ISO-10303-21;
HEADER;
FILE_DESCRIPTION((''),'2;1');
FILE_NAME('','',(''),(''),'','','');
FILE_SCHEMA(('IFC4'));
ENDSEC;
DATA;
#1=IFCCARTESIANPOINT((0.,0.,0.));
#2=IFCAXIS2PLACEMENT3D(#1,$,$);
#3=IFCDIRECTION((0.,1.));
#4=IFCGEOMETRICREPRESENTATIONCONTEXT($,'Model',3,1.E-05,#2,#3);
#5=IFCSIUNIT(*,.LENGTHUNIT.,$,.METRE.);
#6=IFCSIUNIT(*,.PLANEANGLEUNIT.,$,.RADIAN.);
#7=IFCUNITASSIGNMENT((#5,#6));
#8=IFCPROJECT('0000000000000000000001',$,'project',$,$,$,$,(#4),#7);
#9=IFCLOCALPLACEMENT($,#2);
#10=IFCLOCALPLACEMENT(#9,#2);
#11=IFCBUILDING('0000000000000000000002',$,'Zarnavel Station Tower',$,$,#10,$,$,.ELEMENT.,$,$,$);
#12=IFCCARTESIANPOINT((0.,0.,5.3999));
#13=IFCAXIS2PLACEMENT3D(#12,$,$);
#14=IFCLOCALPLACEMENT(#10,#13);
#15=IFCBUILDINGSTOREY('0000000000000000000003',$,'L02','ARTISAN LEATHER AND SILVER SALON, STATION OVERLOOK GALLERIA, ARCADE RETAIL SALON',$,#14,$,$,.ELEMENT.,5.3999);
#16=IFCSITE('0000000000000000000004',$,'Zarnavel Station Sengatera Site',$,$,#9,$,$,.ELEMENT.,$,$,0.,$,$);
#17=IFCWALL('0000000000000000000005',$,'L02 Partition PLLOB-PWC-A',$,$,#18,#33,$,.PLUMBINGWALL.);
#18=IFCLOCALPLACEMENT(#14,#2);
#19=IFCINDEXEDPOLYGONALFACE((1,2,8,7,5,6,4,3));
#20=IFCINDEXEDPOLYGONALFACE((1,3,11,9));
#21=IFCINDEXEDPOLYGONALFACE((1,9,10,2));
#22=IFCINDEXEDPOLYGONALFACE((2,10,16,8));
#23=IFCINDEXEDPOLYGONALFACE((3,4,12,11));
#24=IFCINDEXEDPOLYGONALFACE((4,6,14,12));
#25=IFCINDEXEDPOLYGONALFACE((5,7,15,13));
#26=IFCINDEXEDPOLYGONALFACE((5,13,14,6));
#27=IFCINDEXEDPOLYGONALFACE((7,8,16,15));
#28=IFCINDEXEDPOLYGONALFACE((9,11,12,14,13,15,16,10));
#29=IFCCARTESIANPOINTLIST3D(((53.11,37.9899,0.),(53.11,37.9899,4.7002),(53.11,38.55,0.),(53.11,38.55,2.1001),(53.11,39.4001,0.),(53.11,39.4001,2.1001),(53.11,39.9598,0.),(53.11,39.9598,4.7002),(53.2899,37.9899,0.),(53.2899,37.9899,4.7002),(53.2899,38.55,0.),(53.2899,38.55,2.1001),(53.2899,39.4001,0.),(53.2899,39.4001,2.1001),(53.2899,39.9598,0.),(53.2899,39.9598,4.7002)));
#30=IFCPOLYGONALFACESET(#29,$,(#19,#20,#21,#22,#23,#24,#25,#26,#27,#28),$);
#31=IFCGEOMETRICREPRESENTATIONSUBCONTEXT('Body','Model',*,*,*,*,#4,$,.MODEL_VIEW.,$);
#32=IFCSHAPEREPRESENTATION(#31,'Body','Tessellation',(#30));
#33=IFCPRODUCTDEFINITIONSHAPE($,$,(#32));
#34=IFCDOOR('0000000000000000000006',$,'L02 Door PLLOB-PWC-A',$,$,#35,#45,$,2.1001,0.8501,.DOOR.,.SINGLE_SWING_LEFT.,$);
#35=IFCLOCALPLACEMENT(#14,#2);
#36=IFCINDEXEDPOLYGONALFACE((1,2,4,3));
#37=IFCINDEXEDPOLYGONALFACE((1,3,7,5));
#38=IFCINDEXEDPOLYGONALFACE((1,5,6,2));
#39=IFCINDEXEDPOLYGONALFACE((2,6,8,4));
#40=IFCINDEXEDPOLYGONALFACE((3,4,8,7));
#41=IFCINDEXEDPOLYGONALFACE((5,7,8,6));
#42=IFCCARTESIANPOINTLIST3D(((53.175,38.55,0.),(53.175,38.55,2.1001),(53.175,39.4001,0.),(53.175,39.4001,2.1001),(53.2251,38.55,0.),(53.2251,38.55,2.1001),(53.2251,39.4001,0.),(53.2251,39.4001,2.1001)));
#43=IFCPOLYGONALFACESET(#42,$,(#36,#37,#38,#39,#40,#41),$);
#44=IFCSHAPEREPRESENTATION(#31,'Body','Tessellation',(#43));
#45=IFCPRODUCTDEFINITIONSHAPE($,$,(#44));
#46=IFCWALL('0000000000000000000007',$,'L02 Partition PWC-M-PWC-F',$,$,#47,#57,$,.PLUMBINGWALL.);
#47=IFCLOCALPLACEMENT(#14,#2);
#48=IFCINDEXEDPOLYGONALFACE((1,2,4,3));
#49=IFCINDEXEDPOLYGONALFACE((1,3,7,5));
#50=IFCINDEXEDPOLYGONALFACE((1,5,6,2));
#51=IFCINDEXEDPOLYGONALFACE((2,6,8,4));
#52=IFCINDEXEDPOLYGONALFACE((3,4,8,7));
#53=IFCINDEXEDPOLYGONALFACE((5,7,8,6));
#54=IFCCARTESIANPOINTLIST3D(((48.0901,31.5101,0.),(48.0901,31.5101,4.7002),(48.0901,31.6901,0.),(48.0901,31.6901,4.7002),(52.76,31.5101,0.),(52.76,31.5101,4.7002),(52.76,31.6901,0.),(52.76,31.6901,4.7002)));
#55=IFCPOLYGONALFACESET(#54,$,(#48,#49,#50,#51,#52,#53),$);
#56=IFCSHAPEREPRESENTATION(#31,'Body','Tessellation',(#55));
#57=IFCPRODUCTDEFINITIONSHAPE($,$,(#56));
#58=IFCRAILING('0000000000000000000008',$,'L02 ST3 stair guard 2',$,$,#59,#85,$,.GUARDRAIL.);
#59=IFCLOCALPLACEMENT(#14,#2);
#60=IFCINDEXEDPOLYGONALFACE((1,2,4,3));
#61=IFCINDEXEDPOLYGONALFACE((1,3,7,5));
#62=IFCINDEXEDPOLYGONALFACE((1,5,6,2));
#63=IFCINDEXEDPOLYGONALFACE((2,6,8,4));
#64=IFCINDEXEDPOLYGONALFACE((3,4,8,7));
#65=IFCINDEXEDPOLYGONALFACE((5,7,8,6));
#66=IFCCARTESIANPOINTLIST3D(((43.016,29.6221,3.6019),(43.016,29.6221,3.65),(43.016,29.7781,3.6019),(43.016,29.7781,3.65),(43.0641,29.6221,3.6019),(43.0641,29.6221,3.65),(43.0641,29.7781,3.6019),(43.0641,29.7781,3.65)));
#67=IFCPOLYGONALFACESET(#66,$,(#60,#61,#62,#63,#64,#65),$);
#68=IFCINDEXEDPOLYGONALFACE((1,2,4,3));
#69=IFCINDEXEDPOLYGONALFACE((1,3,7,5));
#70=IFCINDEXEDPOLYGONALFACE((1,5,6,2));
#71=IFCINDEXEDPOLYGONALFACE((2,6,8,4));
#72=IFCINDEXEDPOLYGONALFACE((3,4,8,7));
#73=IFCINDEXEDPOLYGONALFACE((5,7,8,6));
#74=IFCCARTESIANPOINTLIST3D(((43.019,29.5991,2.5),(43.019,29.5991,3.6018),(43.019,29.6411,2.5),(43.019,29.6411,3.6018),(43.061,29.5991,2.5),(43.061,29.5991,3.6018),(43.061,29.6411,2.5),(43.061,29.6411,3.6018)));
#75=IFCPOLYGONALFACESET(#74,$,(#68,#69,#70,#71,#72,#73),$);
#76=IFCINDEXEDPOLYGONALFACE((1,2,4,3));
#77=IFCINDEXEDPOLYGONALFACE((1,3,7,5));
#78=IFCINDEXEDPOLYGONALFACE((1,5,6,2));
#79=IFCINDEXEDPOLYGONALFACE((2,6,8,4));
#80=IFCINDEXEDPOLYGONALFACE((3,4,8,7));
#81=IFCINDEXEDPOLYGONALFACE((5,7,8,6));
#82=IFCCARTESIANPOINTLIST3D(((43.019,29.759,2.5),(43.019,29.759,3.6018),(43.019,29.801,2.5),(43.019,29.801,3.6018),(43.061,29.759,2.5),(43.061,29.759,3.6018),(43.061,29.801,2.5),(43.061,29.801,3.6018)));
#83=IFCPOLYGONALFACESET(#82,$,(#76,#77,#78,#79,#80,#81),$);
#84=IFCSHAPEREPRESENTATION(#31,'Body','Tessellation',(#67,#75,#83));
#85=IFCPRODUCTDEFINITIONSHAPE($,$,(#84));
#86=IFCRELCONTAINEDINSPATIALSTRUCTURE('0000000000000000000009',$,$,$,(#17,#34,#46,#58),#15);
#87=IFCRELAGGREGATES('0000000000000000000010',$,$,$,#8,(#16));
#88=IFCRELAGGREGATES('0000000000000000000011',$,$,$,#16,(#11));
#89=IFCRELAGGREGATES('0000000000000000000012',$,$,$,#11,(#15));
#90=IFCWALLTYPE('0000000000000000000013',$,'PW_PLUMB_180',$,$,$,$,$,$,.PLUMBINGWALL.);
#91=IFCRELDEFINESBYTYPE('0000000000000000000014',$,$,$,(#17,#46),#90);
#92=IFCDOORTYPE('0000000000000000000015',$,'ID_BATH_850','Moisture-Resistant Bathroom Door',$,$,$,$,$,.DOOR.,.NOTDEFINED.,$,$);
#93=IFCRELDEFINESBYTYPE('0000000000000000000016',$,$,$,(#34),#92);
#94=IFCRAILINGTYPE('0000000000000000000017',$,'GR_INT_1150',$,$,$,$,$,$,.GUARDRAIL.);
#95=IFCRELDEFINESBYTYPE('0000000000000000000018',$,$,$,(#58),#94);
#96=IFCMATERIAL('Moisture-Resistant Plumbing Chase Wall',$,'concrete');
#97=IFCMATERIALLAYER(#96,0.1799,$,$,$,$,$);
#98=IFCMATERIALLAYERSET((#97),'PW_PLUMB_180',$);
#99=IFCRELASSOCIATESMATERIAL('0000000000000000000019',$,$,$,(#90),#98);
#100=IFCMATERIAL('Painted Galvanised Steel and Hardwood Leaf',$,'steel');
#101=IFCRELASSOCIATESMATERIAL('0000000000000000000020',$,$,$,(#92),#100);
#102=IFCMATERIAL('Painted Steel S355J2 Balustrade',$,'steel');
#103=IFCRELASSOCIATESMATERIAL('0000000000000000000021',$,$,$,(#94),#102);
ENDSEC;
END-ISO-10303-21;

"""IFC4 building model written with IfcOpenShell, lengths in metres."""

from ifc_helpers import new_model, si_unit, direction, frame, frame_2d, origin, origin_2d, place, context, subcontext, project, spatial, rectangle, extrude, material, layer, layer_set, type_object, element, fill, save


model = new_model("IFC4")

# Units and contexts
model_context = context("Model", 3, precision=1e-05, world=origin(), true_north=direction((0.0, 1.0)))
body_context = subcontext(model_context, "Body", "Model", "MODEL_VIEW")
ifc_project = project(units=[si_unit("LENGTHUNIT", "METRE"), si_unit("PLANEANGLEUNIT", "RADIAN")], contexts=[model_context])

# Site, building, storey
site_placement = place(None, origin())
site = spatial("IfcSite", under=ifc_project, at=site_placement, Name="Zarnavel Station Sengatera Site", CompositionType="ELEMENT", RefElevation=0.0)
building_placement = place(site_placement, origin())
building = spatial("IfcBuilding", under=site, at=building_placement, Name="Zarnavel Station Tower", CompositionType="ELEMENT")
storey_placement = place(building_placement, frame((0.0, 0.0, 5.3999)))
storey = spatial("IfcBuildingStorey", under=building, at=storey_placement, Name="L02", Description="ARTISAN LEATHER AND SILVER SALON, STATION OVERLOOK GALLERIA, ARCADE RETAIL SALON", CompositionType="ELEMENT", Elevation=5.3999)

# Wall, opening, door
ifc_material_1 = material(Name="Moisture-Resistant Plumbing Chase Wall", Category="concrete")
ifc_layer_1 = layer(ifc_material_1, 0.1799)
ifc_layer_set_1 = layer_set([ifc_layer_1], Name="PW_PLUMB_180")
wall_type_1 = type_object("IfcWallType", Name="PW_PLUMB_180", PredefinedType="PLUMBINGWALL", material=ifc_layer_set_1)
ifc_material_2 = material(Name="Painted Galvanised Steel and Hardwood Leaf", Category="steel")
door_type_1 = type_object("IfcDoorType", Name="ID_BATH_850", Description="Moisture-Resistant Bathroom Door", OperationType="NOTDEFINED", PredefinedType="DOOR", material=ifc_material_2)
wall_1_placement = place(storey_placement, frame((53.2, 37.99, 0.0), z_axis=(0.0, 0.0, 1.0), x_axis=(0.0, 1.0, 0.0)))
wall_1 = element("IfcWall", 1, at=wall_1_placement, inside=storey, type_object=wall_type_1, Name="L02 Partition PLLOB-PWC-A", PredefinedType="PLUMBINGWALL", context=body_context, shape_type="SweptSolid", body=[
    extrude(rectangle(XDim=1.97, YDim=0.1799, at=frame_2d((0.9849, 0.0))), origin(), (0.0, 0.0, 1.0), 4.7002),
])
opening_1_placement = place(wall_1_placement, frame((0.5601, 0.0, 0.0)))
opening_1 = element("IfcOpeningElement", 2, at=opening_1_placement, cuts=wall_1, PredefinedType="OPENING", context=body_context, shape_type="SweptSolid", body=[
    extrude(rectangle(XDim=0.8501, YDim=2.1001, at=frame_2d((0.425, 1.05))), frame((0.0, 0.0999, 0.0), z_axis=(0.0, -1.0, 0.0), x_axis=(1.0, 0.0, 0.0)), (0.0, 0.0, 1.0), 0.2),
])
door_1_placement = place(opening_1_placement, origin())
door_1 = element("IfcDoor", 3, at=door_1_placement, inside=storey, type_object=door_type_1, Name="L02 Door PLLOB-PWC-A", OperationType="SINGLE_SWING_LEFT", OverallHeight=2.1001, OverallWidth=0.8501, PredefinedType="DOOR", context=body_context, shape_type="SweptSolid", body=[
    extrude(rectangle(XDim=0.8501, YDim=2.1001, at=frame_2d((0.425, 1.05))), frame((0.0, 0.0249, 0.0), z_axis=(0.0, -1.0, 0.0), x_axis=(1.0, 0.0, 0.0)), (0.0, 0.0, 1.0), 0.05),
])
fill(opening_1, door_1)

# Wall
wall_2_placement = place(storey_placement, frame((48.0901, 31.6001, 0.0), z_axis=(0.0, 0.0, 1.0), x_axis=(1.0, 0.0, 0.0)))
element("IfcWall", 4, at=wall_2_placement, inside=storey, type_object=wall_type_1, Name="L02 Partition PWC-M-PWC-F", PredefinedType="PLUMBINGWALL", context=body_context, shape_type="SweptSolid", body=[
    extrude(rectangle(XDim=4.6699, YDim=0.1799, at=frame_2d((2.335, 0.0))), origin(), (0.0, 0.0, 1.0), 4.7002),
])

# Railing
ifc_material_3 = material(Name="Painted Steel S355J2 Balustrade", Category="steel")
railing_type = type_object("IfcRailingType", Name="GR_INT_1150", PredefinedType="GUARDRAIL", material=ifc_material_3)
railing_placement = place(storey_placement, frame((43.04, 29.6201, 2.5)))
element("IfcRailing", 5, at=railing_placement, inside=storey, type_object=railing_type, Name="L02 ST3 stair guard 2", PredefinedType="GUARDRAIL", context=body_context, shape_type="SweptSolid", body=[
    extrude(rectangle(XDim=0.0481, YDim=0.0481, at=origin_2d()), frame((0.0, 0.002, 1.126), z_axis=(0.0, 1.0, 0.0), x_axis=(-1.0, 0.0, 0.0)), (0.0, 0.0, 1.0), 0.156),
    extrude(rectangle(XDim=0.042, YDim=0.042, at=origin_2d()), origin(), (0.0, 0.0, 1.0), 1.1018),
    extrude(rectangle(XDim=0.042, YDim=0.042, at=origin_2d()), frame((0.0, 0.1599, 0.0)), (0.0, 0.0, 1.0), 1.1018),
])

save(model, "model.ifc")
